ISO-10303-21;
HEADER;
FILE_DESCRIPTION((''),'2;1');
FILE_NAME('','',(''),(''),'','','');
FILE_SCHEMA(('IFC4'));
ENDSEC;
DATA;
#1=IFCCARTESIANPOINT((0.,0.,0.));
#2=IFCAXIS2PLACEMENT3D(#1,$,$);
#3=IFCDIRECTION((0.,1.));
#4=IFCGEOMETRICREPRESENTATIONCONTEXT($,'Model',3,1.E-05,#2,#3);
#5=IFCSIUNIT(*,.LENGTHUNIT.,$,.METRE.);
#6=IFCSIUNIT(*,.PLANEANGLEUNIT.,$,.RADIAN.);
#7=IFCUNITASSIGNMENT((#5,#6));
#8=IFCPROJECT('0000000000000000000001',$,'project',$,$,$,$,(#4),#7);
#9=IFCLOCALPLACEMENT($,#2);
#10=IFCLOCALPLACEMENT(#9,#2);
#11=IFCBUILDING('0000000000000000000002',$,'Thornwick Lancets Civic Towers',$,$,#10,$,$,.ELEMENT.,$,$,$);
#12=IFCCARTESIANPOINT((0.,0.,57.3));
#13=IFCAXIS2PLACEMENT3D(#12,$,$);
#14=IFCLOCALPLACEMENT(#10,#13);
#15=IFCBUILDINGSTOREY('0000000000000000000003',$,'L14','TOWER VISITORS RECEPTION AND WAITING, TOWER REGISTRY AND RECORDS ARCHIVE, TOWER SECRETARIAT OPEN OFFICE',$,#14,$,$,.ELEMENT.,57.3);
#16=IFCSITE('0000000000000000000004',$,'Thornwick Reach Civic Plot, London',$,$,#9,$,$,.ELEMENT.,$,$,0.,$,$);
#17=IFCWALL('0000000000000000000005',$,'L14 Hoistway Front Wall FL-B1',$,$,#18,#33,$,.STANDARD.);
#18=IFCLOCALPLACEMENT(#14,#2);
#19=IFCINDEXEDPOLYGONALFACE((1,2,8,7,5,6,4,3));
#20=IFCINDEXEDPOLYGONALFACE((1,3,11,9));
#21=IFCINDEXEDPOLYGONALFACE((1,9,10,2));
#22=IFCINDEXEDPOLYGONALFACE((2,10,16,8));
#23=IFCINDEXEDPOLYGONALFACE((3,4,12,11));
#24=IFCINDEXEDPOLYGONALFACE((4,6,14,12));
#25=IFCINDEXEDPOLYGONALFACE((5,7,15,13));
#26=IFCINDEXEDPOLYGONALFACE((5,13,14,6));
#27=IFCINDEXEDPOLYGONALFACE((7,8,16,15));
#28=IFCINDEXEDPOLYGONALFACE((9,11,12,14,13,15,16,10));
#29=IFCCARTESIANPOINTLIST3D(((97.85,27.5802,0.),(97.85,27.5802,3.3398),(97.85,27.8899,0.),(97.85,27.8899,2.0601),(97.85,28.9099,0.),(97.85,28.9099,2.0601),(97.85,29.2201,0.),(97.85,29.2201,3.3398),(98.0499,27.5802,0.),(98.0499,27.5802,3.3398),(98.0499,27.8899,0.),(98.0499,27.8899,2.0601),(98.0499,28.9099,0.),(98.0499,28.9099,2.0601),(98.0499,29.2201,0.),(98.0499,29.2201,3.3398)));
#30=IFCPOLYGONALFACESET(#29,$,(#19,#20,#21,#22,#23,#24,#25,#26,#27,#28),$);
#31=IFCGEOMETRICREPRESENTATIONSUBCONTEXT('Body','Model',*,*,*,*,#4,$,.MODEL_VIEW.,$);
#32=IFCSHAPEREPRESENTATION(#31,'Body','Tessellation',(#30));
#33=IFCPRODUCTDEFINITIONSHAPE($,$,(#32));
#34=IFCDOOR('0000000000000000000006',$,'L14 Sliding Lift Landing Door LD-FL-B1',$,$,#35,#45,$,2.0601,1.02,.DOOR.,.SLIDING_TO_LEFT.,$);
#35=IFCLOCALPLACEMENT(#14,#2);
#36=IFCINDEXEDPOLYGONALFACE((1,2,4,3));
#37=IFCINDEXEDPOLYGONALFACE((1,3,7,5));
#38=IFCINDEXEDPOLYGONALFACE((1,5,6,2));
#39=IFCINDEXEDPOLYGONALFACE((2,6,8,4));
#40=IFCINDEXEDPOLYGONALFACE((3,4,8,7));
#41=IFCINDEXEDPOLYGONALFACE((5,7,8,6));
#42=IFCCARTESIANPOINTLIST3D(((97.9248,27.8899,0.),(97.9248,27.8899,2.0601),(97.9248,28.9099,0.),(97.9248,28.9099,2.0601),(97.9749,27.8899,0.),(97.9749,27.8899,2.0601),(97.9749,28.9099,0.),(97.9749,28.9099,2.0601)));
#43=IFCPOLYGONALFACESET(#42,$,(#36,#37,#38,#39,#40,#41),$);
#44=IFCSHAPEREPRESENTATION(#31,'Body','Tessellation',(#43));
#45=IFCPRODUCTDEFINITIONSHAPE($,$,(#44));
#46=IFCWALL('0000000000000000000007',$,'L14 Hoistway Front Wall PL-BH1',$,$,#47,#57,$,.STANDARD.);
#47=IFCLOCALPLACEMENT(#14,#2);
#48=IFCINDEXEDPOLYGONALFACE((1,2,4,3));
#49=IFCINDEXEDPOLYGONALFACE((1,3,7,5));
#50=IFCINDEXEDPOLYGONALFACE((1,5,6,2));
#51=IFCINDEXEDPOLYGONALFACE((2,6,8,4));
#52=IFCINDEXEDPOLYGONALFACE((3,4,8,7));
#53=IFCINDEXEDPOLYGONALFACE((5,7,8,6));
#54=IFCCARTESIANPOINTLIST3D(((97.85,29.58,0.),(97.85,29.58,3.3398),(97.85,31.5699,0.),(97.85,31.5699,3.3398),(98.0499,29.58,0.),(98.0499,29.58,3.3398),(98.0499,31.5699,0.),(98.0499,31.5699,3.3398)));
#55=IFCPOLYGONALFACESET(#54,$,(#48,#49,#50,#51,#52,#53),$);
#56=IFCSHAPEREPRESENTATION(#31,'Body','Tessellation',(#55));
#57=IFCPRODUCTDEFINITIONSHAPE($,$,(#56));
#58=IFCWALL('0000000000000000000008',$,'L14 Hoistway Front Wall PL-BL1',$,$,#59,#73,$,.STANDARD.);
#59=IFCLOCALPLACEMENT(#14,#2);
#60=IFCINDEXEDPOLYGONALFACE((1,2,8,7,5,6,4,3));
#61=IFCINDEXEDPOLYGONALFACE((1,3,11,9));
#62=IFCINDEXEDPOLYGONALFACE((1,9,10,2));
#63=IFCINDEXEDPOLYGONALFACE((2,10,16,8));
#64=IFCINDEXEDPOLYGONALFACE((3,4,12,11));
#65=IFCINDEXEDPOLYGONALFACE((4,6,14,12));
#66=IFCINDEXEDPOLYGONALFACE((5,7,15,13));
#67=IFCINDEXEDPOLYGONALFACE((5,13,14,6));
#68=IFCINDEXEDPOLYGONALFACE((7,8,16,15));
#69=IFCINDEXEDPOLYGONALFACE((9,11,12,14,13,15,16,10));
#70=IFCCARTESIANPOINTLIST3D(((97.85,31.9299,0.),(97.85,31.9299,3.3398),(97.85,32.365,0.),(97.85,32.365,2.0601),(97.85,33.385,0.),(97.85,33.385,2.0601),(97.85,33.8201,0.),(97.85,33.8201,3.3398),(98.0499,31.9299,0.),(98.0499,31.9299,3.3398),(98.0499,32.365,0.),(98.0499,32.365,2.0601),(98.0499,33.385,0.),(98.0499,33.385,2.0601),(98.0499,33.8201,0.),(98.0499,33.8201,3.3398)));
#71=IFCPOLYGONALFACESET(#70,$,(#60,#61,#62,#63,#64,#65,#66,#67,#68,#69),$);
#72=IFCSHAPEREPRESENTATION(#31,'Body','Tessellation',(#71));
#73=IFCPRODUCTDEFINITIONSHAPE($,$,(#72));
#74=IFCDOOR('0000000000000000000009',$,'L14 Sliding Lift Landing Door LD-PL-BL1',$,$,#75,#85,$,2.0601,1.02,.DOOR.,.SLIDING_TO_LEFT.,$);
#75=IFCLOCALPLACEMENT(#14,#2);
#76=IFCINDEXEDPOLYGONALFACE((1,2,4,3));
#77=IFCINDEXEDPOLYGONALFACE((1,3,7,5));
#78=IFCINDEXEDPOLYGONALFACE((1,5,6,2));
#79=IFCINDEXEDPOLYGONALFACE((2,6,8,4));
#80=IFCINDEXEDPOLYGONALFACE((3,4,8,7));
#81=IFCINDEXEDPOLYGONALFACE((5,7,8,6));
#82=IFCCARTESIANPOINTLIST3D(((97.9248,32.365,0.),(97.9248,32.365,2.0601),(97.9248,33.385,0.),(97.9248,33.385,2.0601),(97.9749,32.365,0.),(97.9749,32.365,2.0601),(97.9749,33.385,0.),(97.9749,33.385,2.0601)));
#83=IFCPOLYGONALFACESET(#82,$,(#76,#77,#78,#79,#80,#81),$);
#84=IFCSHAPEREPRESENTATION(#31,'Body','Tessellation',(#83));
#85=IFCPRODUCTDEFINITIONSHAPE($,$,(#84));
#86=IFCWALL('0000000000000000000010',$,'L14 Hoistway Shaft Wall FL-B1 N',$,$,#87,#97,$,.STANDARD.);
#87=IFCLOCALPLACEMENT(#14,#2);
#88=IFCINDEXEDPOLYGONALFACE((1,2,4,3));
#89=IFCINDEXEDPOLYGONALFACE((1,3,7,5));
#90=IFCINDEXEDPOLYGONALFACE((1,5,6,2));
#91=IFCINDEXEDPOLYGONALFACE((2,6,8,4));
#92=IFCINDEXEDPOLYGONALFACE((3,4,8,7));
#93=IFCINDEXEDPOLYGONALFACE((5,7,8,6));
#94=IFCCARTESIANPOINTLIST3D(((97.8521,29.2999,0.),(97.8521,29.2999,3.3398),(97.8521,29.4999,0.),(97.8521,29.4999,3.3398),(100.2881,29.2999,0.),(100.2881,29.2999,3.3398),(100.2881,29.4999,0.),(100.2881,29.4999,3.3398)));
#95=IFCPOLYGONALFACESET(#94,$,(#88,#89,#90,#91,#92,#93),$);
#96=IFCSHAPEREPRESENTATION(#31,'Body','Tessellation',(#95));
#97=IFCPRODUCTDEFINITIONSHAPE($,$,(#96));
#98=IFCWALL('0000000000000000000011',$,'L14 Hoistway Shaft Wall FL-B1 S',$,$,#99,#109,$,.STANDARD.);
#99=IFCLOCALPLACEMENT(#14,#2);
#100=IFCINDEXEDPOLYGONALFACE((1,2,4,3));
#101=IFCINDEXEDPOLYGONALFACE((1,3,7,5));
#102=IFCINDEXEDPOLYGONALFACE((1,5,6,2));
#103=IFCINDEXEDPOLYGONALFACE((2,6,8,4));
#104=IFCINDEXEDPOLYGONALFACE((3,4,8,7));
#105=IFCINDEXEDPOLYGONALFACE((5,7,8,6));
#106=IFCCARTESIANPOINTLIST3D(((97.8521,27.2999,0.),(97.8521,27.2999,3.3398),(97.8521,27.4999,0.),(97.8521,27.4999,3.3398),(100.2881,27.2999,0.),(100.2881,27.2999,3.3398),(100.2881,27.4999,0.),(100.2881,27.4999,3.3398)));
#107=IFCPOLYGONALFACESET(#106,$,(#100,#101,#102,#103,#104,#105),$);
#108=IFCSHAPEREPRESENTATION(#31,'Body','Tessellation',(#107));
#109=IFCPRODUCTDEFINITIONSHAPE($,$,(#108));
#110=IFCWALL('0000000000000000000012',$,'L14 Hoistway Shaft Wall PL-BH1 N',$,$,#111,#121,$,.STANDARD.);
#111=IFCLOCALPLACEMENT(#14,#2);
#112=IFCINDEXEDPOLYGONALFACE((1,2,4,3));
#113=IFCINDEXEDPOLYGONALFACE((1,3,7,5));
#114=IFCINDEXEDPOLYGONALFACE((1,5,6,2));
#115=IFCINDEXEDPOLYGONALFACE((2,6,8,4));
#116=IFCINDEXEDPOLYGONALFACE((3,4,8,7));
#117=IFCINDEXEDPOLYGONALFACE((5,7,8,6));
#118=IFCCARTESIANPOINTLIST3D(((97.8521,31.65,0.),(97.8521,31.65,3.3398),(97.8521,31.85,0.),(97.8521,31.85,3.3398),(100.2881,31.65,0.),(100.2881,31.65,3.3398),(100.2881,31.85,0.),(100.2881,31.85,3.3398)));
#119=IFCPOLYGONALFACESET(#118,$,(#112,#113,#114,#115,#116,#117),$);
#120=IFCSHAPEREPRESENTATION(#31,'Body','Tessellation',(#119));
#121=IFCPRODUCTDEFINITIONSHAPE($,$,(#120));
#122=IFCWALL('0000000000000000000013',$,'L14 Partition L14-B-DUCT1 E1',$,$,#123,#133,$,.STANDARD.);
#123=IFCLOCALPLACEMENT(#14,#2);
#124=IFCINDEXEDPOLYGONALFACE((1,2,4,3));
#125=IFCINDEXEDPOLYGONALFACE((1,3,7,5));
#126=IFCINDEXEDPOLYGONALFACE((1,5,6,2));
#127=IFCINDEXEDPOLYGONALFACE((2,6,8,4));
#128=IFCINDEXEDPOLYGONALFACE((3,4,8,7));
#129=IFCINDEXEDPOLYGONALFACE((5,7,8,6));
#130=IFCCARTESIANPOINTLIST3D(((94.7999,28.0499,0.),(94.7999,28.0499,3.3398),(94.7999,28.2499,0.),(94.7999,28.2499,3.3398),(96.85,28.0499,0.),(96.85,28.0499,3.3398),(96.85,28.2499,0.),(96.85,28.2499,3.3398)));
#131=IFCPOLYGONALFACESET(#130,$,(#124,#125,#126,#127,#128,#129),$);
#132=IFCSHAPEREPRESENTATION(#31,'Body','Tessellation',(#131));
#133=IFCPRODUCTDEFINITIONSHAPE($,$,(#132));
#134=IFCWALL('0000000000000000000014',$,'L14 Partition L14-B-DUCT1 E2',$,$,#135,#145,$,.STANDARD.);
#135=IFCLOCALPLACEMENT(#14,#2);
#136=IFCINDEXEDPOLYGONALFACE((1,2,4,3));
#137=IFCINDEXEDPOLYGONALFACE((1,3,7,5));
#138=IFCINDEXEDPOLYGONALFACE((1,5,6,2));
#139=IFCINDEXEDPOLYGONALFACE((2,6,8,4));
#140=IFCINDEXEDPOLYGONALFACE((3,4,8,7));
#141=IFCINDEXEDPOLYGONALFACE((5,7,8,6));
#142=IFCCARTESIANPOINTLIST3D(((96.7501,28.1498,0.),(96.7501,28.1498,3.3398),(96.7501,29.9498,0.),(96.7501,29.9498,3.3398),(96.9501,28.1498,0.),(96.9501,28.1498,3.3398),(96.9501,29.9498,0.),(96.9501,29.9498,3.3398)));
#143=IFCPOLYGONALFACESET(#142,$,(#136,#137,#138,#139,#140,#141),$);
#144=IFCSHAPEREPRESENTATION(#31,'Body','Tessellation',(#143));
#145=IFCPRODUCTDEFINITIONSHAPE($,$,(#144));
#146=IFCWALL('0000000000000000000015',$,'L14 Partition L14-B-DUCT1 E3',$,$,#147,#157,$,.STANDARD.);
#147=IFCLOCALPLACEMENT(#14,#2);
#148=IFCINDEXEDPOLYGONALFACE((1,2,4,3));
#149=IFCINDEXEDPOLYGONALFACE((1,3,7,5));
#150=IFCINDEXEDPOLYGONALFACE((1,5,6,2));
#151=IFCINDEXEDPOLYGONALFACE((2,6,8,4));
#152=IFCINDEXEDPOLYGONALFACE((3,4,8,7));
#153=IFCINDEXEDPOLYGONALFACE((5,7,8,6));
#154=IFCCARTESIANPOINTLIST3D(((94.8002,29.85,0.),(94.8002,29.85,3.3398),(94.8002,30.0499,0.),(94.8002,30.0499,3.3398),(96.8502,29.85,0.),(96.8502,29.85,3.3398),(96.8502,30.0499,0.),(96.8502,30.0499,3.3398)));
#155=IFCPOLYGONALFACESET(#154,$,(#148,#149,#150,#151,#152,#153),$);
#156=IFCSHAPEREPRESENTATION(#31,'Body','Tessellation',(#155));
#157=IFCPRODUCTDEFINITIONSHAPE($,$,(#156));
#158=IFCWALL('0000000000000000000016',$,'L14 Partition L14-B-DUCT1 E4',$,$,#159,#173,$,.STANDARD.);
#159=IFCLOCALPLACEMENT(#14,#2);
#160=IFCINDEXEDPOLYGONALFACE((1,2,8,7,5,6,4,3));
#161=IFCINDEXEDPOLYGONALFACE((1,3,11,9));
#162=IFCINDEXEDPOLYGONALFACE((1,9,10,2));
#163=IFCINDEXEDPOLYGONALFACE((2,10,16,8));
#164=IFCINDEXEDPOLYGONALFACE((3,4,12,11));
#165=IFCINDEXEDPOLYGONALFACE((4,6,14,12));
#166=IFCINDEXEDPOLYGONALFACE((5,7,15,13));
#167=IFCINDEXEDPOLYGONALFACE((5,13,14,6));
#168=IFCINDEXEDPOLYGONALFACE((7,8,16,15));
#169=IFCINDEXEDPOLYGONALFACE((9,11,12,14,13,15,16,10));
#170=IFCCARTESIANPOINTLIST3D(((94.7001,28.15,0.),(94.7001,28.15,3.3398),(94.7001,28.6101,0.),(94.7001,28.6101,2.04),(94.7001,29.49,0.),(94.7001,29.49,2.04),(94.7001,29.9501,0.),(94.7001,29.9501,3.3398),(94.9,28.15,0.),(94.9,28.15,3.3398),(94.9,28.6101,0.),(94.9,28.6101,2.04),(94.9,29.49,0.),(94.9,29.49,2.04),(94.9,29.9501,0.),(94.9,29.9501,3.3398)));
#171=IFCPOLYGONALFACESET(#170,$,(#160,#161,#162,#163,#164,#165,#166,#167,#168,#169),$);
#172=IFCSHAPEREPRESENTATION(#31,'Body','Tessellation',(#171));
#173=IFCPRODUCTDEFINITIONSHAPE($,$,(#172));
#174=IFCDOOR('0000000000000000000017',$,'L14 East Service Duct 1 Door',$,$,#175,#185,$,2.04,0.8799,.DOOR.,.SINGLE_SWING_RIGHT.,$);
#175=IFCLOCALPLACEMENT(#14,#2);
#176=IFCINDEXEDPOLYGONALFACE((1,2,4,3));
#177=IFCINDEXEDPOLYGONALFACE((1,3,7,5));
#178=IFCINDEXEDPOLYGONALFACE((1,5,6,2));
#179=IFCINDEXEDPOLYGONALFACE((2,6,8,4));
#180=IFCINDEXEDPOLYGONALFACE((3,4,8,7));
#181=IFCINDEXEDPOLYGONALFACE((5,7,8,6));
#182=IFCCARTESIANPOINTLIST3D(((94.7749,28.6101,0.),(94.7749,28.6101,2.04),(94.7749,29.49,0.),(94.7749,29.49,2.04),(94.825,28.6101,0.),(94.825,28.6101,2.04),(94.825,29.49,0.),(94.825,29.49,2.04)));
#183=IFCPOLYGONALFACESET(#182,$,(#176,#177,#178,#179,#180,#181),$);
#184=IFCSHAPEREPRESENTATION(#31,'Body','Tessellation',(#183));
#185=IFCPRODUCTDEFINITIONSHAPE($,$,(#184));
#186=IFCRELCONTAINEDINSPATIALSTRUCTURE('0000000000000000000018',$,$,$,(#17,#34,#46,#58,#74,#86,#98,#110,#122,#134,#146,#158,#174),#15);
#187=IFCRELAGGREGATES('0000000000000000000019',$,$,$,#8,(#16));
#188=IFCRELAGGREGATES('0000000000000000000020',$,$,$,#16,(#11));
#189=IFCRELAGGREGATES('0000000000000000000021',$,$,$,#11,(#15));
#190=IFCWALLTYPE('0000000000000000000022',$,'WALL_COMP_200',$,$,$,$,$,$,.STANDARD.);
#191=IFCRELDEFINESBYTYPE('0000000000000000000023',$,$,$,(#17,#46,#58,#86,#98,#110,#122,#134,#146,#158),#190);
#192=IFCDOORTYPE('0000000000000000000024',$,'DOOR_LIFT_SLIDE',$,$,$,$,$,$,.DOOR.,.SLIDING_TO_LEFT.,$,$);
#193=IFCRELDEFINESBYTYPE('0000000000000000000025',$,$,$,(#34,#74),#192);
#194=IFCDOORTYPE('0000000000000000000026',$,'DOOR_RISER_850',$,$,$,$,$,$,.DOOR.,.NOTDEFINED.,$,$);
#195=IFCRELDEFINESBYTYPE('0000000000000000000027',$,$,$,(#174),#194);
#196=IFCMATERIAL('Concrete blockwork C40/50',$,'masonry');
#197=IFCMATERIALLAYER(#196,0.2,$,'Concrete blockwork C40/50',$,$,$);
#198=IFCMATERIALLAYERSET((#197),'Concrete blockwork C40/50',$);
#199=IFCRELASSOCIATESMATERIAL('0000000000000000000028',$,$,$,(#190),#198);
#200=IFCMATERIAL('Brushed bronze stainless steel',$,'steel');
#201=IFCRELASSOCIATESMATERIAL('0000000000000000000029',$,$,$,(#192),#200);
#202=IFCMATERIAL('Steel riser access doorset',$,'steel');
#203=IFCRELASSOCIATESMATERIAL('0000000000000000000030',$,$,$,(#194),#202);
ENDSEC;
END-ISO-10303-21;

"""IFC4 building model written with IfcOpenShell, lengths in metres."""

from ifc_helpers import new_model, si_unit, direction, frame, frame_2d, origin, place, context, subcontext, project, spatial, rectangle, extrude, material, layer, layer_set, type_object, element, fill, save


model = new_model("IFC4")

# Units and contexts
model_context = context("Model", 3, precision=1e-05, world=origin(), true_north=direction((0.0, 1.0)))
body_context = subcontext(model_context, "Body", "Model", "MODEL_VIEW")
ifc_project = project(units=[si_unit("LENGTHUNIT", "METRE"), si_unit("PLANEANGLEUNIT", "RADIAN")], contexts=[model_context])

# Site, building, storey
site_placement = place(None, origin())
site = spatial("IfcSite", under=ifc_project, at=site_placement, Name="Thornwick Reach Civic Plot, London", CompositionType="ELEMENT", RefElevation=0.0)
building_placement = place(site_placement, origin())
building = spatial("IfcBuilding", under=site, at=building_placement, Name="Thornwick Lancets Civic Towers", CompositionType="ELEMENT")
storey_placement = place(building_placement, frame((0.0, 0.0, 57.3)))
storey = spatial("IfcBuildingStorey", under=building, at=storey_placement, Name="L14", Description="TOWER VISITORS RECEPTION AND WAITING, TOWER REGISTRY AND RECORDS ARCHIVE, TOWER SECRETARIAT OPEN OFFICE", CompositionType="ELEMENT", Elevation=57.3)

# Wall, opening, door
ifc_material_1 = material(Name="Concrete blockwork C40/50", Category="masonry")
ifc_layer_1 = layer(ifc_material_1, 0.2, Name="Concrete blockwork C40/50")
ifc_layer_set_1 = layer_set([ifc_layer_1], Name="Concrete blockwork C40/50")
wall_type_1 = type_object("IfcWallType", Name="WALL_COMP_200", PredefinedType="STANDARD", material=ifc_layer_set_1)
wall_1_placement = place(storey_placement, frame((97.95, 29.22, 0.0), z_axis=(0.0, 0.0, 1.0), x_axis=(0.0, -1.0, 0.0)))
wall_1 = element("IfcWall", 1, at=wall_1_placement, inside=storey, type_object=wall_type_1, Name="L14 Hoistway Front Wall FL-B1", PredefinedType="STANDARD", context=body_context, shape_type="SweptSolid", body=[
    extrude(rectangle(XDim=1.6399, YDim=0.2, at=frame_2d((0.8198, 0.0))), origin(), (0.0, 0.0, 1.0), 3.3398),
])
opening_1_placement = place(wall_1_placement, frame((0.3101, 0.0, 0.0)))
opening_1 = element("IfcOpeningElement", 2, at=opening_1_placement, cuts=wall_1, PredefinedType="OPENING", context=body_context, shape_type="SweptSolid", body=[
    extrude(rectangle(XDim=1.02, YDim=2.0601, at=frame_2d((0.51, 1.03))), frame((0.0, 0.1099, 0.0), z_axis=(0.0, -1.0, 0.0), x_axis=(1.0, 0.0, 0.0)), (0.0, 0.0, 1.0), 0.22),
])
ifc_material_2 = material(Name="Brushed bronze stainless steel", Category="steel")
door_type_1 = type_object("IfcDoorType", Name="DOOR_LIFT_SLIDE", OperationType="SLIDING_TO_LEFT", PredefinedType="DOOR", material=ifc_material_2)
door_1_placement = place(opening_1_placement, origin())
door_1 = element("IfcDoor", 3, at=door_1_placement, inside=storey, type_object=door_type_1, Name="L14 Sliding Lift Landing Door LD-FL-B1", OperationType="SLIDING_TO_LEFT", OverallHeight=2.0601, OverallWidth=1.02, PredefinedType="DOOR", context=body_context, shape_type="SweptSolid", body=[
    extrude(rectangle(XDim=1.02, YDim=2.0601, at=frame_2d((0.51, 1.03))), frame((0.0, 0.0249, 0.0), z_axis=(0.0, -1.0, 0.0), x_axis=(1.0, 0.0, 0.0)), (0.0, 0.0, 1.0), 0.05),
])
fill(opening_1, door_1)

# Wall
wall_2_placement = place(storey_placement, frame((97.95, 31.5701, 0.0), z_axis=(0.0, 0.0, 1.0), x_axis=(0.0, -1.0, 0.0)))
element("IfcWall", 4, at=wall_2_placement, inside=storey, type_object=wall_type_1, Name="L14 Hoistway Front Wall PL-BH1", PredefinedType="STANDARD", context=body_context, shape_type="SweptSolid", body=[
    extrude(rectangle(XDim=1.99, YDim=0.2, at=frame_2d((0.9951, 0.0))), origin(), (0.0, 0.0, 1.0), 3.3398),
])

# Wall, opening, door
wall_3_placement = place(storey_placement, frame((97.95, 33.8201, 0.0), z_axis=(0.0, 0.0, 1.0), x_axis=(0.0, -1.0, 0.0)))
wall_3 = element("IfcWall", 5, at=wall_3_placement, inside=storey, type_object=wall_type_1, Name="L14 Hoistway Front Wall PL-BL1", PredefinedType="STANDARD", context=body_context, shape_type="SweptSolid", body=[
    extrude(rectangle(XDim=1.8901, YDim=0.2, at=frame_2d((0.9451, 0.0))), origin(), (0.0, 0.0, 1.0), 3.3398),
])
opening_2_placement = place(wall_3_placement, frame((0.4351, 0.0, 0.0)))
opening_2 = element("IfcOpeningElement", 6, at=opening_2_placement, cuts=wall_3, PredefinedType="OPENING", context=body_context, shape_type="SweptSolid", body=[
    extrude(rectangle(XDim=1.02, YDim=2.0601, at=frame_2d((0.51, 1.03))), frame((0.0, 0.1099, 0.0), z_axis=(0.0, -1.0, 0.0), x_axis=(1.0, 0.0, 0.0)), (0.0, 0.0, 1.0), 0.22),
])
door_2_placement = place(opening_2_placement, origin())
door_2 = element("IfcDoor", 7, at=door_2_placement, inside=storey, type_object=door_type_1, Name="L14 Sliding Lift Landing Door LD-PL-BL1", OperationType="SLIDING_TO_LEFT", OverallHeight=2.0601, OverallWidth=1.02, PredefinedType="DOOR", context=body_context, shape_type="SweptSolid", body=[
    extrude(rectangle(XDim=1.02, YDim=2.0601, at=frame_2d((0.51, 1.03))), frame((0.0, 0.0249, 0.0), z_axis=(0.0, -1.0, 0.0), x_axis=(1.0, 0.0, 0.0)), (0.0, 0.0, 1.0), 0.05),
])
fill(opening_2, door_2)

# Walls
for number, where, z_axis, x_axis, name in (
    (8, (97.8521, 29.3999, 0.0), (0.0, 0.0, 1.0), (1.0, 0.0, 0.0), "L14 Hoistway Shaft Wall FL-B1 N"),
    (9, (97.8521, 27.3999, 0.0), (0.0, 0.0, 1.0), (1.0, 0.0, 0.0), "L14 Hoistway Shaft Wall FL-B1 S"),
    (10, (97.8521, 31.75, 0.0), (0.0, 0.0, 1.0), (1.0, 0.0, 0.0), "L14 Hoistway Shaft Wall PL-BH1 N"),
):
    element("IfcWall", number, at=place(storey_placement, frame(where, z_axis=z_axis, x_axis=x_axis)), inside=storey, type_object=wall_type_1, Name=name, PredefinedType="STANDARD", context=body_context, shape_type="SweptSolid", body=[
        extrude(rectangle(XDim=2.436, YDim=0.2, at=frame_2d((1.218, 0.0))), origin(), (0.0, 0.0, 1.0), 3.3398),
    ])
wall_4_placement = place(storey_placement, frame((94.8, 28.1499, 0.0), z_axis=(0.0, 0.0, 1.0), x_axis=(1.0, 0.0, 0.0)))
element("IfcWall", 11, at=wall_4_placement, inside=storey, type_object=wall_type_1, Name="L14 Partition L14-B-DUCT1 E1", PredefinedType="STANDARD", context=body_context, shape_type="SweptSolid", body=[
    extrude(rectangle(XDim=2.05, YDim=0.2, at=frame_2d((1.0249, 0.0))), origin(), (0.0, 0.0, 1.0), 3.3398),
])
wall_5_placement = place(storey_placement, frame((96.8501, 28.1499, 0.0), z_axis=(0.0, 0.0, 1.0), x_axis=(0.0, 1.0, 0.0)))
element("IfcWall", 12, at=wall_5_placement, inside=storey, type_object=wall_type_1, Name="L14 Partition L14-B-DUCT1 E2", PredefinedType="STANDARD", context=body_context, shape_type="SweptSolid", body=[
    extrude(rectangle(XDim=1.8, YDim=0.2, at=frame_2d((0.8999, 0.0))), origin(), (0.0, 0.0, 1.0), 3.3398),
])
wall_6_placement = place(storey_placement, frame((96.8501, 29.95, 0.0), z_axis=(0.0, 0.0, 1.0), x_axis=(-1.0, 0.0, 0.0)))
element("IfcWall", 13, at=wall_6_placement, inside=storey, type_object=wall_type_1, Name="L14 Partition L14-B-DUCT1 E3", PredefinedType="STANDARD", context=body_context, shape_type="SweptSolid", body=[
    extrude(rectangle(XDim=2.05, YDim=0.2, at=frame_2d((1.0249, 0.0))), origin(), (0.0, 0.0, 1.0), 3.3398),
])

# Wall, opening, door
wall_7_placement = place(storey_placement, frame((94.8, 29.95, 0.0), z_axis=(0.0, 0.0, 1.0), x_axis=(0.0, -1.0, 0.0)))
wall_7 = element("IfcWall", 14, at=wall_7_placement, inside=storey, type_object=wall_type_1, Name="L14 Partition L14-B-DUCT1 E4", PredefinedType="STANDARD", context=body_context, shape_type="SweptSolid", body=[
    extrude(rectangle(XDim=1.8, YDim=0.2, at=frame_2d((0.8999, 0.0))), origin(), (0.0, 0.0, 1.0), 3.3398),
])
opening_3_placement = place(wall_7_placement, frame((0.46, 0.0, 0.0)))
opening_3 = element("IfcOpeningElement", 15, at=opening_3_placement, cuts=wall_7, PredefinedType="OPENING", context=body_context, shape_type="SweptSolid", body=[
    extrude(rectangle(XDim=0.8799, YDim=2.04, at=frame_2d((0.4399, 1.02))), frame((0.0, 0.1099, 0.0), z_axis=(0.0, -1.0, 0.0), x_axis=(1.0, 0.0, 0.0)), (0.0, 0.0, 1.0), 0.22),
])
ifc_material_3 = material(Name="Steel riser access doorset", Category="steel")
door_type_2 = type_object("IfcDoorType", Name="DOOR_RISER_850", OperationType="NOTDEFINED", PredefinedType="DOOR", material=ifc_material_3)
door_3_placement = place(opening_3_placement, origin())
door_3 = element("IfcDoor", 16, at=door_3_placement, inside=storey, type_object=door_type_2, Name="L14 East Service Duct 1 Door", OperationType="SINGLE_SWING_RIGHT", OverallHeight=2.04, OverallWidth=0.8799, PredefinedType="DOOR", context=body_context, shape_type="SweptSolid", body=[
    extrude(rectangle(XDim=0.8799, YDim=2.04, at=frame_2d((0.4399, 1.02))), frame((0.0, 0.0249, 0.0), z_axis=(0.0, -1.0, 0.0), x_axis=(1.0, 0.0, 0.0)), (0.0, 0.0, 1.0), 0.05),
])
fill(opening_3, door_3)

save(model, "model.ifc")
